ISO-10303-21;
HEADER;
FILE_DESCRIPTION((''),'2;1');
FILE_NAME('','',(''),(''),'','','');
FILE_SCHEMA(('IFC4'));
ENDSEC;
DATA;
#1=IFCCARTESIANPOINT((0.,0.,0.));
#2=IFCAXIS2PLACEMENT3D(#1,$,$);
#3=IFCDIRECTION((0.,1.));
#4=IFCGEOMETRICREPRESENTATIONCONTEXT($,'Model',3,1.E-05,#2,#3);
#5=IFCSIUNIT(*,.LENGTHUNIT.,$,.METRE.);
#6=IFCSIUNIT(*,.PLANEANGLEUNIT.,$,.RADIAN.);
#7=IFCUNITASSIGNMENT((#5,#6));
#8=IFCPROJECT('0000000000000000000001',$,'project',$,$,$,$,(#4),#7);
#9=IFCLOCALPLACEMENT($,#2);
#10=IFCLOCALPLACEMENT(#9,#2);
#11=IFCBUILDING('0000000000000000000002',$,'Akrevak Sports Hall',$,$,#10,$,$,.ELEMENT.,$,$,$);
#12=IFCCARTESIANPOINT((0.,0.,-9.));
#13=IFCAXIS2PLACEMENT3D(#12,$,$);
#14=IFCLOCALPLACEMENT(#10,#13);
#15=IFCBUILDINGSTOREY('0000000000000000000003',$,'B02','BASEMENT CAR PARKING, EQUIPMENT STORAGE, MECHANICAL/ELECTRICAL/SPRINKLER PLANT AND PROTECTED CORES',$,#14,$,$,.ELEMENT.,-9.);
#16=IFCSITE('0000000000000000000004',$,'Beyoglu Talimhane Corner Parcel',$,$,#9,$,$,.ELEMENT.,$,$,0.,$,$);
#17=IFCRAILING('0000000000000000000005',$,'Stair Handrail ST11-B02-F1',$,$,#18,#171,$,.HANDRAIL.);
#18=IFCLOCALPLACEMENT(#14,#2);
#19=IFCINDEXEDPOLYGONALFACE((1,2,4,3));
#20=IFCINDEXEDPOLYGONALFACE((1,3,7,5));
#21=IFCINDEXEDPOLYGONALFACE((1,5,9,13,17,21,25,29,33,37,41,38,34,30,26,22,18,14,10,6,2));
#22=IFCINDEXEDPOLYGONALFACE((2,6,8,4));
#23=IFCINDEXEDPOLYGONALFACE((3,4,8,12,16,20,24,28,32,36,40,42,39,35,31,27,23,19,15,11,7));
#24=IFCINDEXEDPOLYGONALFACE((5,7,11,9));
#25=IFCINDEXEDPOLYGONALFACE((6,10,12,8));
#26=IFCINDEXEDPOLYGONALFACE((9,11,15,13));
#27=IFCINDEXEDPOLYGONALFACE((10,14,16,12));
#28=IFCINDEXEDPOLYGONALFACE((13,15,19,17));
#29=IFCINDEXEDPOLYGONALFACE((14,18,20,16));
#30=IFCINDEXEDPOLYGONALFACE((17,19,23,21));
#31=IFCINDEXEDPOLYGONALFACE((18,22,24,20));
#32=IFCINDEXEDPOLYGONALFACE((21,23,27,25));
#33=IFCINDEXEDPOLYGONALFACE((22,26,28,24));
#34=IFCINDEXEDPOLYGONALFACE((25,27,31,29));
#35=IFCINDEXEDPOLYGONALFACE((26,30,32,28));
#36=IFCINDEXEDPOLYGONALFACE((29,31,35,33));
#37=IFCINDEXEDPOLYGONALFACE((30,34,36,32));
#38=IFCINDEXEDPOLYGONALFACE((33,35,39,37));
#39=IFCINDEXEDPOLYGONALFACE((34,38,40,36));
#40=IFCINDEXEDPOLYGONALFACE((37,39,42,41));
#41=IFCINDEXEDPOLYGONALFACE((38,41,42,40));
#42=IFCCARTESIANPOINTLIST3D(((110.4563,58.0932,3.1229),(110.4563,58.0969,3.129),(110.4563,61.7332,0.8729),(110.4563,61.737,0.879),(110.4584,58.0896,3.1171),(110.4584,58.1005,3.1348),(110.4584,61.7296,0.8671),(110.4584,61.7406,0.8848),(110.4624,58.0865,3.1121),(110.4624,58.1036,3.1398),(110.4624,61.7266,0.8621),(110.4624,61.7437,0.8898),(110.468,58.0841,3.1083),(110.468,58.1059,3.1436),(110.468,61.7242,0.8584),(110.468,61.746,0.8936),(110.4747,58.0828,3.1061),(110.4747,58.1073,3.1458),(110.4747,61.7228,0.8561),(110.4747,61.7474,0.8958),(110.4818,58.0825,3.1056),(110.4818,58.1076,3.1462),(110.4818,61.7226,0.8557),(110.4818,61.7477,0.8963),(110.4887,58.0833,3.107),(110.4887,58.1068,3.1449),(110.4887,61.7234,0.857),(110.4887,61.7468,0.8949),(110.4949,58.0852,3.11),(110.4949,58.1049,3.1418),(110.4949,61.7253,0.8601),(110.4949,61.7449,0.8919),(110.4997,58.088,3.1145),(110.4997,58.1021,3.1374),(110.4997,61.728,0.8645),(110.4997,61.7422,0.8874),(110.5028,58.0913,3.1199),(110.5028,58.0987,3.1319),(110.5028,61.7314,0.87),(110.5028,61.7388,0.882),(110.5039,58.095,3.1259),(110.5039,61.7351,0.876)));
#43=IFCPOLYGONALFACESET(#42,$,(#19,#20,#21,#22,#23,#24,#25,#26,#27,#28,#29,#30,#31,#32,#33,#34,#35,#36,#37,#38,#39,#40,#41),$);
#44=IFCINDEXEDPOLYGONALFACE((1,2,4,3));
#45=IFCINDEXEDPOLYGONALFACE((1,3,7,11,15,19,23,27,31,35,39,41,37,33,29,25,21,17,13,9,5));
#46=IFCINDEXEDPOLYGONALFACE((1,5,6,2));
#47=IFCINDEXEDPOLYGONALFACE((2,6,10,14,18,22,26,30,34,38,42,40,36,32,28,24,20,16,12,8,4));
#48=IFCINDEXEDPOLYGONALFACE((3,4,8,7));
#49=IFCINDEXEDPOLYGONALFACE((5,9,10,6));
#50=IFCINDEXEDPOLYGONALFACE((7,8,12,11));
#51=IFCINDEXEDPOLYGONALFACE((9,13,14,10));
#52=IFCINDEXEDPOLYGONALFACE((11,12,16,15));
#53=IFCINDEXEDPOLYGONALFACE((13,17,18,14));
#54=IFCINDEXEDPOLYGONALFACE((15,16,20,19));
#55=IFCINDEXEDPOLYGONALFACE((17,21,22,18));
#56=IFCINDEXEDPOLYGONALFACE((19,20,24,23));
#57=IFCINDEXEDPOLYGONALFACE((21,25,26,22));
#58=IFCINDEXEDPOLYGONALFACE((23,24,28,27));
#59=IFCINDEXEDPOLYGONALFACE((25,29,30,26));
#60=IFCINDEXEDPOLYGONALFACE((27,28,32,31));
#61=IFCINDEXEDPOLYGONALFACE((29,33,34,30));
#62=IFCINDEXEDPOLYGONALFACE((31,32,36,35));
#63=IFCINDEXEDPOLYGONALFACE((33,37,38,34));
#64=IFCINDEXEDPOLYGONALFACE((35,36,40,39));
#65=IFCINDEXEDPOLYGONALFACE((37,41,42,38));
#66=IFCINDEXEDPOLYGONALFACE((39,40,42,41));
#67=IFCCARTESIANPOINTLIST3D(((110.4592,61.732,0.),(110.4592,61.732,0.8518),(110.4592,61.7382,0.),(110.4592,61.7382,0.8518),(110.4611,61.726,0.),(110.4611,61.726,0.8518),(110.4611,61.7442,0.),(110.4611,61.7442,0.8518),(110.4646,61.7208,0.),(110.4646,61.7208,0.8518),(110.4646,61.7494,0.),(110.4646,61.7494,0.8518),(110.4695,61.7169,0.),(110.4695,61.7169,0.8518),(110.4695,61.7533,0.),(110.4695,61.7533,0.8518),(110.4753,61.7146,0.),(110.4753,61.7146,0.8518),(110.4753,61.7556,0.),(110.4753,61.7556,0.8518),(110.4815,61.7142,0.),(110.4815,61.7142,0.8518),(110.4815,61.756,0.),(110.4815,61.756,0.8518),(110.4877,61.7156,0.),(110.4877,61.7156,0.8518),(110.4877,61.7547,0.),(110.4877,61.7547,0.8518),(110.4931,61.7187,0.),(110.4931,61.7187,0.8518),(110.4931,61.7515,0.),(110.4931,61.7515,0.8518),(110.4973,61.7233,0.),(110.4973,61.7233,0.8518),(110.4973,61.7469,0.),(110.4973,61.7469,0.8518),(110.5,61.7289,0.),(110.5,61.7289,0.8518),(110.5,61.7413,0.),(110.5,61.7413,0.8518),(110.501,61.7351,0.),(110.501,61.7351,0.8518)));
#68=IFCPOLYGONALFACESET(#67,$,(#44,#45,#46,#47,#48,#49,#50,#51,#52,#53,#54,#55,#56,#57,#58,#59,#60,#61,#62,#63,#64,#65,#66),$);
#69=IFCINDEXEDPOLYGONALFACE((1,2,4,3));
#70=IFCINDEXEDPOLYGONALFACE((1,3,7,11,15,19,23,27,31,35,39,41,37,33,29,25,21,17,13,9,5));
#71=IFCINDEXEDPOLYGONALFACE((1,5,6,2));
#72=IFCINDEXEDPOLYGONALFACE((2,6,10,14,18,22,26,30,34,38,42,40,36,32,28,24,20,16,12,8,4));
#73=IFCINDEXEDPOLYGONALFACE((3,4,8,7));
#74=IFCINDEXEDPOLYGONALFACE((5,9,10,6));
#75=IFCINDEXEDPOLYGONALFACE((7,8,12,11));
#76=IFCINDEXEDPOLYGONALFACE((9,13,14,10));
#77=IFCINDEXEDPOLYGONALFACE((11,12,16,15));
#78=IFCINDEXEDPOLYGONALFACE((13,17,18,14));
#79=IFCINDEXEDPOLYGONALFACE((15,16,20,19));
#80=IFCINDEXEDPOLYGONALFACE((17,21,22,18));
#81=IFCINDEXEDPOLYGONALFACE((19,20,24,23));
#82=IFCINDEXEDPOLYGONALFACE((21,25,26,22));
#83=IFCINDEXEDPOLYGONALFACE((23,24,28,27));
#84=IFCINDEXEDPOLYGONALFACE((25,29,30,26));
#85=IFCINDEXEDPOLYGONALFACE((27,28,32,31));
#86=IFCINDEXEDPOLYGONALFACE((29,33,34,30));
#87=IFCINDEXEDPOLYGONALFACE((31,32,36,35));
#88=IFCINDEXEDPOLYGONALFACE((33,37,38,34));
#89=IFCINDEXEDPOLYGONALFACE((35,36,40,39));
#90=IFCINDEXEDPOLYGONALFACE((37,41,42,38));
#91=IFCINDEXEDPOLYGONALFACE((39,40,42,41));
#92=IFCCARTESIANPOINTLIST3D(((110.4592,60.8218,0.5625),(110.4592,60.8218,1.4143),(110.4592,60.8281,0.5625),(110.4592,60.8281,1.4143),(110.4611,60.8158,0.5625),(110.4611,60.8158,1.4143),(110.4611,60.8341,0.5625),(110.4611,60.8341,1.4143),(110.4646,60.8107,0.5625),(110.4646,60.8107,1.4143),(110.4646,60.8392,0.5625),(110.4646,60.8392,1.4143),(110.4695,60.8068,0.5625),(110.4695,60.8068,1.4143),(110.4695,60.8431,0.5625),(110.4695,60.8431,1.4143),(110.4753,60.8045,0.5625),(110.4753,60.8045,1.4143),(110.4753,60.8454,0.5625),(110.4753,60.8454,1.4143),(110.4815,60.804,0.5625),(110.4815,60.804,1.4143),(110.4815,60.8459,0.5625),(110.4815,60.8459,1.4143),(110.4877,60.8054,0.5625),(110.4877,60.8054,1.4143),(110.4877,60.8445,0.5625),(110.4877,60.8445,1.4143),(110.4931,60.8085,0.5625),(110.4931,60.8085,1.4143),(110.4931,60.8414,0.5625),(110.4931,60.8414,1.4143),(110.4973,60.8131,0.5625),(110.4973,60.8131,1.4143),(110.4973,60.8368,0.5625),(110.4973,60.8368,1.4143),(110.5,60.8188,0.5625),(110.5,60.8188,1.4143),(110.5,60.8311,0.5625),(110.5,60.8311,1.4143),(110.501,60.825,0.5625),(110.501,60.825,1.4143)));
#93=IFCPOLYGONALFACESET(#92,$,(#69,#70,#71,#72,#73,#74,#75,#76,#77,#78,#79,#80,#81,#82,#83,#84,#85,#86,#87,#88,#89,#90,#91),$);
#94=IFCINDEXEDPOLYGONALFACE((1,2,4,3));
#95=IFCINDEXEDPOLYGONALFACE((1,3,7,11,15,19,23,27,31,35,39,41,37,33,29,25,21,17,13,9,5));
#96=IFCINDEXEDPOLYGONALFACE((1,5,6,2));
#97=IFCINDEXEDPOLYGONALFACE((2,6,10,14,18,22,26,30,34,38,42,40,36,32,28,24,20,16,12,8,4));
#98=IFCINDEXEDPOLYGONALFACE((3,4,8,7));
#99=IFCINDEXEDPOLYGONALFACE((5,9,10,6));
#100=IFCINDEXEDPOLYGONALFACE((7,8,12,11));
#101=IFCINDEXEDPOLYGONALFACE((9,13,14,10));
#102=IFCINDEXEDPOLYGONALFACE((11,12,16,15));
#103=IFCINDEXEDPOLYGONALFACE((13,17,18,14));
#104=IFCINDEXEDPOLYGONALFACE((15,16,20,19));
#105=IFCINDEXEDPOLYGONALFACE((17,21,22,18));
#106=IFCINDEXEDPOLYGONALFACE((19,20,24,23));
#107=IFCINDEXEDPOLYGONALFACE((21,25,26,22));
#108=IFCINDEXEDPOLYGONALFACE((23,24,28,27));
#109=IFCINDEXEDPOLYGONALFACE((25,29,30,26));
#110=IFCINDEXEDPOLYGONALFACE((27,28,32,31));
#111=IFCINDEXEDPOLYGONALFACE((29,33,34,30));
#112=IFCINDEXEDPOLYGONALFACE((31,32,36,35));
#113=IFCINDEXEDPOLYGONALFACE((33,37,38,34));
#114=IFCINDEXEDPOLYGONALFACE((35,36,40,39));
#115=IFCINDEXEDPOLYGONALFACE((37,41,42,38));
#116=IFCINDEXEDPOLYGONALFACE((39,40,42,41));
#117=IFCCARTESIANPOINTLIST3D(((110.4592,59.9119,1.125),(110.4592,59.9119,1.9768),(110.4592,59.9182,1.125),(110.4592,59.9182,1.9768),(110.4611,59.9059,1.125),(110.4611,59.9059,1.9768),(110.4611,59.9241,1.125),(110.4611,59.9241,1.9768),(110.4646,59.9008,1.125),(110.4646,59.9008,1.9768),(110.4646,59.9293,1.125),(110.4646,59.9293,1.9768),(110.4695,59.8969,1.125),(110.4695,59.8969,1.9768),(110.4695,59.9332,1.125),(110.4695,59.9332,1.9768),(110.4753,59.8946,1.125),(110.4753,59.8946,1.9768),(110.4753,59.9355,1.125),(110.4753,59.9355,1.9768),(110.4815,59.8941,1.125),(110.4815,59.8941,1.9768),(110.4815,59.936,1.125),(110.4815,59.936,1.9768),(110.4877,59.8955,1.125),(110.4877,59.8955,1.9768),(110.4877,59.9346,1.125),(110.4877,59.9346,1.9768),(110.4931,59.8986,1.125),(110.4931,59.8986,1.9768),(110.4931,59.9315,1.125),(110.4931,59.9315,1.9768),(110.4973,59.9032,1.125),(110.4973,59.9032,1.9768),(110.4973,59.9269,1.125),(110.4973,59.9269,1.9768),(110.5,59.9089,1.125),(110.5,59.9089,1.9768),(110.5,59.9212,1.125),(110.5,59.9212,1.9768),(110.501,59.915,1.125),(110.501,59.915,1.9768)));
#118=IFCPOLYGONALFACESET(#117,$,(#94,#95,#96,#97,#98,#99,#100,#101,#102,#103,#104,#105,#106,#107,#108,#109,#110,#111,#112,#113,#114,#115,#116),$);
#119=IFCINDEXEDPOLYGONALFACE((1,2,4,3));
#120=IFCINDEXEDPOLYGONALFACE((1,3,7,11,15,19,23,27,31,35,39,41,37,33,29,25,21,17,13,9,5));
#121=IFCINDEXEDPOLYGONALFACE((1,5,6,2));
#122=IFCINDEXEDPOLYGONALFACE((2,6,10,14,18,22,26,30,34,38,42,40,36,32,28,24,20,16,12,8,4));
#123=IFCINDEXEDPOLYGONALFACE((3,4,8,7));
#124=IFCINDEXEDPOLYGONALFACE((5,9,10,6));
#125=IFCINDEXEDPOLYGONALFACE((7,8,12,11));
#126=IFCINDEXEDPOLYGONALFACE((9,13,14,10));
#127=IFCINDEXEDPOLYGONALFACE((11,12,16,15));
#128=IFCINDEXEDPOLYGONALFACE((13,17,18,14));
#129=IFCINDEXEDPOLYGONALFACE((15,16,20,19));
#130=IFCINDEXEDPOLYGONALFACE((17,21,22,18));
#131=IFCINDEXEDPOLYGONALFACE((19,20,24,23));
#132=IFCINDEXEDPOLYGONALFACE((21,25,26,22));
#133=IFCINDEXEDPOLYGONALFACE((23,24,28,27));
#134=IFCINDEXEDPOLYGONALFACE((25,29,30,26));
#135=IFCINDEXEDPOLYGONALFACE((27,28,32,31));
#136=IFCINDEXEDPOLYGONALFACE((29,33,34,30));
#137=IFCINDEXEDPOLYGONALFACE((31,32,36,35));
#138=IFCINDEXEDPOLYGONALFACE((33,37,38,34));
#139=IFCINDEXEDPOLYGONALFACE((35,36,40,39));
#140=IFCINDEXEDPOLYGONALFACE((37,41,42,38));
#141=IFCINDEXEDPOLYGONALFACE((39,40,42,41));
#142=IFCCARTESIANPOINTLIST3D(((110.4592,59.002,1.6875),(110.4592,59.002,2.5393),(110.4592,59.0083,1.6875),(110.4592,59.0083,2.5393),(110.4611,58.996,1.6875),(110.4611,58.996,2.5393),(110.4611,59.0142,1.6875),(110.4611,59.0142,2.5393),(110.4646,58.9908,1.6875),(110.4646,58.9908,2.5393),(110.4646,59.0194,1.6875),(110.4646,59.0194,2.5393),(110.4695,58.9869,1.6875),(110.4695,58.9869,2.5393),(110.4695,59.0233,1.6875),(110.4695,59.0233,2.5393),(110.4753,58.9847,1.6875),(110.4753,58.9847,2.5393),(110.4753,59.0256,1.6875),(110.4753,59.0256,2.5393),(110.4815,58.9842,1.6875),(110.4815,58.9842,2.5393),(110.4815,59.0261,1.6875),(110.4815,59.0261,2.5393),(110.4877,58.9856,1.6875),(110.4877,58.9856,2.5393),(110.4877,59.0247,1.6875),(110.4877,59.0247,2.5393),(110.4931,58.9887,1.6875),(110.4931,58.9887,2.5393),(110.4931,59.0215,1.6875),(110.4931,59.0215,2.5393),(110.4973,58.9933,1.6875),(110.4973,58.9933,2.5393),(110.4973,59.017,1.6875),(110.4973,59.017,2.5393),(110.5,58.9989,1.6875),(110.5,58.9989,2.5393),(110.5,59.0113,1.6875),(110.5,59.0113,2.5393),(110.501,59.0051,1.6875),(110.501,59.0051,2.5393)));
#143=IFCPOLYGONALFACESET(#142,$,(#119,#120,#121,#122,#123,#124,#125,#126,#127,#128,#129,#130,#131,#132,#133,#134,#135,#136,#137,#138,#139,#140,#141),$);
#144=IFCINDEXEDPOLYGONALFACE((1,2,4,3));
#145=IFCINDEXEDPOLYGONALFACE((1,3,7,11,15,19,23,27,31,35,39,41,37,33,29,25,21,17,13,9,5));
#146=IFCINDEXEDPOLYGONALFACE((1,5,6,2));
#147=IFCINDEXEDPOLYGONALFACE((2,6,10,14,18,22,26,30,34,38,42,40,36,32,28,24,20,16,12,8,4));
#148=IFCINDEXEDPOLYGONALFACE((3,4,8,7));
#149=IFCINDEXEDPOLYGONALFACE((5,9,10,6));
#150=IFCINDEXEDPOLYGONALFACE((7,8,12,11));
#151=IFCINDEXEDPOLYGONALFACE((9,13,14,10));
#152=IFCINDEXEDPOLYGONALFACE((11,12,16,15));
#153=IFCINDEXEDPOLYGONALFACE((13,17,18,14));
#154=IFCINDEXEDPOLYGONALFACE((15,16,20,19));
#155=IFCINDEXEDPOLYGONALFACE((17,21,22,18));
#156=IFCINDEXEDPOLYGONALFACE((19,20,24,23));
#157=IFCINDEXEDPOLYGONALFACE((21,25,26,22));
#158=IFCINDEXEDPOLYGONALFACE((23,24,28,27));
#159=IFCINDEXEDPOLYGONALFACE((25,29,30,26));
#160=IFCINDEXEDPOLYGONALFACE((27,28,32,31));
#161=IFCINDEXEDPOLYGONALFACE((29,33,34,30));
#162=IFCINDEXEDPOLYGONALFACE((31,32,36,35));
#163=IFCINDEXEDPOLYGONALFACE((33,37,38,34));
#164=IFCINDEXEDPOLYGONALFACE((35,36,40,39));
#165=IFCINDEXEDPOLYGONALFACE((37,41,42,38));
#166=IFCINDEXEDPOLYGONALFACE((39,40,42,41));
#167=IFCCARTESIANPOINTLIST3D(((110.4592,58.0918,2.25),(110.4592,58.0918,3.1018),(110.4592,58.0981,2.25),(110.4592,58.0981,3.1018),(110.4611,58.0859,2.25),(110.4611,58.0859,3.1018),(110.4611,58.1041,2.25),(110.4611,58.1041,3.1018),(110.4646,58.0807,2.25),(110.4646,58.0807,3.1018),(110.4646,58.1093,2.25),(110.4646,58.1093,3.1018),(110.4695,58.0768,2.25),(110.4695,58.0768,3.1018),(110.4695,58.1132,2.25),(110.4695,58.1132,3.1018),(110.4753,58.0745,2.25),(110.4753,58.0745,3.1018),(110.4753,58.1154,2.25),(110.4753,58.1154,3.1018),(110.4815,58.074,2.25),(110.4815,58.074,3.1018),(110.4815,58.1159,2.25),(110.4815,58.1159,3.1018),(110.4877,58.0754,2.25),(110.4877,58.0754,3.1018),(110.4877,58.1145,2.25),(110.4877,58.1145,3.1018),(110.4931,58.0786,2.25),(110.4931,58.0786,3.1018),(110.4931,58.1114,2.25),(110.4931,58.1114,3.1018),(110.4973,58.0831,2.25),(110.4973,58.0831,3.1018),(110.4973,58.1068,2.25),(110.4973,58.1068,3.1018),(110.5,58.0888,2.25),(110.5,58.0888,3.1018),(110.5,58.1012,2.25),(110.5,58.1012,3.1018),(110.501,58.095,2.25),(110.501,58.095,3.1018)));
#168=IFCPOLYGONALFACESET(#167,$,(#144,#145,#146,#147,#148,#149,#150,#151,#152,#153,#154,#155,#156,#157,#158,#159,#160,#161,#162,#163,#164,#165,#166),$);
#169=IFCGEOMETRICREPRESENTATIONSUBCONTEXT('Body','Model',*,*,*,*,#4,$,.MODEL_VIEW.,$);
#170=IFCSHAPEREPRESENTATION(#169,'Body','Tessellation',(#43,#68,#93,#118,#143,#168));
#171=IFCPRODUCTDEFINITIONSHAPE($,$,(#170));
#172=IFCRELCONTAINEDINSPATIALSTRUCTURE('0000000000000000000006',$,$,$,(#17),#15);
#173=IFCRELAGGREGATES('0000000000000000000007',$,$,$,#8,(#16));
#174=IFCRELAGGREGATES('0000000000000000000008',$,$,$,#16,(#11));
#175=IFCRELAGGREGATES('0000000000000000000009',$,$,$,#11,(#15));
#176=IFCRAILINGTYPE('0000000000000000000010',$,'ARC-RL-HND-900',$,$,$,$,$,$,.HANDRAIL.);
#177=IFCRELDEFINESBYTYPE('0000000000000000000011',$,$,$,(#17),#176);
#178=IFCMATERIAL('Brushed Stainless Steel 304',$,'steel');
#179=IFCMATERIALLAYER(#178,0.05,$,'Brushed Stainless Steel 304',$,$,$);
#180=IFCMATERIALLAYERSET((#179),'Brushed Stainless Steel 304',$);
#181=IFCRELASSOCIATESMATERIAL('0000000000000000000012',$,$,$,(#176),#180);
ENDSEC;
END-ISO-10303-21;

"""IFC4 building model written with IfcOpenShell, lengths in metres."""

from ifc_helpers import new_model, si_unit, direction, frame, origin, origin_2d, place, context, subcontext, project, spatial, circle, extrude, material, layer, layer_set, type_object, element, save


model = new_model("IFC4")

# Units and contexts
model_context = context("Model", 3, precision=1e-05, world=origin(), true_north=direction((0.0, 1.0)))
body_context = subcontext(model_context, "Body", "Model", "MODEL_VIEW")
ifc_project = project(units=[si_unit("LENGTHUNIT", "METRE"), si_unit("PLANEANGLEUNIT", "RADIAN")], contexts=[model_context])

# Site, building, storey
site_placement = place(None, origin())
site = spatial("IfcSite", under=ifc_project, at=site_placement, Name="Beyoglu Talimhane Corner Parcel", CompositionType="ELEMENT", RefElevation=0.0)
building_placement = place(site_placement, origin())
building = spatial("IfcBuilding", under=site, at=building_placement, Name="Akrevak Sports Hall", CompositionType="ELEMENT")
storey_placement = place(building_placement, frame((0.0, 0.0, -9.0)))
storey = spatial("IfcBuildingStorey", under=building, at=storey_placement, Name="B02", Description="BASEMENT CAR PARKING, EQUIPMENT STORAGE, MECHANICAL/ELECTRICAL/SPRINKLER PLANT AND PROTECTED CORES", CompositionType="ELEMENT", Elevation=-9.0)

# Railing
ifc_material_1 = material(Name="Brushed Stainless Steel 304", Category="steel")
ifc_layer_1 = layer(ifc_material_1, 0.05, Name="Brushed Stainless Steel 304")
ifc_layer_set_1 = layer_set([ifc_layer_1], Name="Brushed Stainless Steel 304")
railing_type_1 = type_object("IfcRailingType", Name="ARC-RL-HND-900", PredefinedType="HANDRAIL", material=ifc_layer_set_1)
railing_1_placement = place(storey_placement, frame((110.48, 61.7351, 0.0)))
element("IfcRailing", 1, at=railing_1_placement, inside=storey, type_object=railing_type_1, Name="Stair Handrail ST11-B02-F1", PredefinedType="HANDRAIL", context=body_context, shape_type="SweptSolid", body=[
    extrude(circle(Radius=0.0239, at=origin_2d()), frame((0.0, 0.0, 0.876), z_axis=(0.0, -0.850622, 0.525777), x_axis=(1.0, 0.0, 0.0)), (0.0, 0.0, 1.0), 4.2793),
    extrude(circle(Radius=0.021, at=origin_2d()), origin(), (0.0, 0.0, 1.0), 0.8518),
    extrude(circle(Radius=0.021, at=origin_2d()), frame((0.0, -0.9102, 0.5625)), (0.0, 0.0, 1.0), 0.8518),
    extrude(circle(Radius=0.021, at=origin_2d()), frame((0.0, -1.8201, 1.125)), (0.0, 0.0, 1.0), 0.8518),
    extrude(circle(Radius=0.021, at=origin_2d()), frame((0.0, -2.73, 1.6875)), (0.0, 0.0, 1.0), 0.8518),
    extrude(circle(Radius=0.021, at=origin_2d()), frame((0.0, -3.6401, 2.25)), (0.0, 0.0, 1.0), 0.8518),
])

save(model, "model.ifc")
